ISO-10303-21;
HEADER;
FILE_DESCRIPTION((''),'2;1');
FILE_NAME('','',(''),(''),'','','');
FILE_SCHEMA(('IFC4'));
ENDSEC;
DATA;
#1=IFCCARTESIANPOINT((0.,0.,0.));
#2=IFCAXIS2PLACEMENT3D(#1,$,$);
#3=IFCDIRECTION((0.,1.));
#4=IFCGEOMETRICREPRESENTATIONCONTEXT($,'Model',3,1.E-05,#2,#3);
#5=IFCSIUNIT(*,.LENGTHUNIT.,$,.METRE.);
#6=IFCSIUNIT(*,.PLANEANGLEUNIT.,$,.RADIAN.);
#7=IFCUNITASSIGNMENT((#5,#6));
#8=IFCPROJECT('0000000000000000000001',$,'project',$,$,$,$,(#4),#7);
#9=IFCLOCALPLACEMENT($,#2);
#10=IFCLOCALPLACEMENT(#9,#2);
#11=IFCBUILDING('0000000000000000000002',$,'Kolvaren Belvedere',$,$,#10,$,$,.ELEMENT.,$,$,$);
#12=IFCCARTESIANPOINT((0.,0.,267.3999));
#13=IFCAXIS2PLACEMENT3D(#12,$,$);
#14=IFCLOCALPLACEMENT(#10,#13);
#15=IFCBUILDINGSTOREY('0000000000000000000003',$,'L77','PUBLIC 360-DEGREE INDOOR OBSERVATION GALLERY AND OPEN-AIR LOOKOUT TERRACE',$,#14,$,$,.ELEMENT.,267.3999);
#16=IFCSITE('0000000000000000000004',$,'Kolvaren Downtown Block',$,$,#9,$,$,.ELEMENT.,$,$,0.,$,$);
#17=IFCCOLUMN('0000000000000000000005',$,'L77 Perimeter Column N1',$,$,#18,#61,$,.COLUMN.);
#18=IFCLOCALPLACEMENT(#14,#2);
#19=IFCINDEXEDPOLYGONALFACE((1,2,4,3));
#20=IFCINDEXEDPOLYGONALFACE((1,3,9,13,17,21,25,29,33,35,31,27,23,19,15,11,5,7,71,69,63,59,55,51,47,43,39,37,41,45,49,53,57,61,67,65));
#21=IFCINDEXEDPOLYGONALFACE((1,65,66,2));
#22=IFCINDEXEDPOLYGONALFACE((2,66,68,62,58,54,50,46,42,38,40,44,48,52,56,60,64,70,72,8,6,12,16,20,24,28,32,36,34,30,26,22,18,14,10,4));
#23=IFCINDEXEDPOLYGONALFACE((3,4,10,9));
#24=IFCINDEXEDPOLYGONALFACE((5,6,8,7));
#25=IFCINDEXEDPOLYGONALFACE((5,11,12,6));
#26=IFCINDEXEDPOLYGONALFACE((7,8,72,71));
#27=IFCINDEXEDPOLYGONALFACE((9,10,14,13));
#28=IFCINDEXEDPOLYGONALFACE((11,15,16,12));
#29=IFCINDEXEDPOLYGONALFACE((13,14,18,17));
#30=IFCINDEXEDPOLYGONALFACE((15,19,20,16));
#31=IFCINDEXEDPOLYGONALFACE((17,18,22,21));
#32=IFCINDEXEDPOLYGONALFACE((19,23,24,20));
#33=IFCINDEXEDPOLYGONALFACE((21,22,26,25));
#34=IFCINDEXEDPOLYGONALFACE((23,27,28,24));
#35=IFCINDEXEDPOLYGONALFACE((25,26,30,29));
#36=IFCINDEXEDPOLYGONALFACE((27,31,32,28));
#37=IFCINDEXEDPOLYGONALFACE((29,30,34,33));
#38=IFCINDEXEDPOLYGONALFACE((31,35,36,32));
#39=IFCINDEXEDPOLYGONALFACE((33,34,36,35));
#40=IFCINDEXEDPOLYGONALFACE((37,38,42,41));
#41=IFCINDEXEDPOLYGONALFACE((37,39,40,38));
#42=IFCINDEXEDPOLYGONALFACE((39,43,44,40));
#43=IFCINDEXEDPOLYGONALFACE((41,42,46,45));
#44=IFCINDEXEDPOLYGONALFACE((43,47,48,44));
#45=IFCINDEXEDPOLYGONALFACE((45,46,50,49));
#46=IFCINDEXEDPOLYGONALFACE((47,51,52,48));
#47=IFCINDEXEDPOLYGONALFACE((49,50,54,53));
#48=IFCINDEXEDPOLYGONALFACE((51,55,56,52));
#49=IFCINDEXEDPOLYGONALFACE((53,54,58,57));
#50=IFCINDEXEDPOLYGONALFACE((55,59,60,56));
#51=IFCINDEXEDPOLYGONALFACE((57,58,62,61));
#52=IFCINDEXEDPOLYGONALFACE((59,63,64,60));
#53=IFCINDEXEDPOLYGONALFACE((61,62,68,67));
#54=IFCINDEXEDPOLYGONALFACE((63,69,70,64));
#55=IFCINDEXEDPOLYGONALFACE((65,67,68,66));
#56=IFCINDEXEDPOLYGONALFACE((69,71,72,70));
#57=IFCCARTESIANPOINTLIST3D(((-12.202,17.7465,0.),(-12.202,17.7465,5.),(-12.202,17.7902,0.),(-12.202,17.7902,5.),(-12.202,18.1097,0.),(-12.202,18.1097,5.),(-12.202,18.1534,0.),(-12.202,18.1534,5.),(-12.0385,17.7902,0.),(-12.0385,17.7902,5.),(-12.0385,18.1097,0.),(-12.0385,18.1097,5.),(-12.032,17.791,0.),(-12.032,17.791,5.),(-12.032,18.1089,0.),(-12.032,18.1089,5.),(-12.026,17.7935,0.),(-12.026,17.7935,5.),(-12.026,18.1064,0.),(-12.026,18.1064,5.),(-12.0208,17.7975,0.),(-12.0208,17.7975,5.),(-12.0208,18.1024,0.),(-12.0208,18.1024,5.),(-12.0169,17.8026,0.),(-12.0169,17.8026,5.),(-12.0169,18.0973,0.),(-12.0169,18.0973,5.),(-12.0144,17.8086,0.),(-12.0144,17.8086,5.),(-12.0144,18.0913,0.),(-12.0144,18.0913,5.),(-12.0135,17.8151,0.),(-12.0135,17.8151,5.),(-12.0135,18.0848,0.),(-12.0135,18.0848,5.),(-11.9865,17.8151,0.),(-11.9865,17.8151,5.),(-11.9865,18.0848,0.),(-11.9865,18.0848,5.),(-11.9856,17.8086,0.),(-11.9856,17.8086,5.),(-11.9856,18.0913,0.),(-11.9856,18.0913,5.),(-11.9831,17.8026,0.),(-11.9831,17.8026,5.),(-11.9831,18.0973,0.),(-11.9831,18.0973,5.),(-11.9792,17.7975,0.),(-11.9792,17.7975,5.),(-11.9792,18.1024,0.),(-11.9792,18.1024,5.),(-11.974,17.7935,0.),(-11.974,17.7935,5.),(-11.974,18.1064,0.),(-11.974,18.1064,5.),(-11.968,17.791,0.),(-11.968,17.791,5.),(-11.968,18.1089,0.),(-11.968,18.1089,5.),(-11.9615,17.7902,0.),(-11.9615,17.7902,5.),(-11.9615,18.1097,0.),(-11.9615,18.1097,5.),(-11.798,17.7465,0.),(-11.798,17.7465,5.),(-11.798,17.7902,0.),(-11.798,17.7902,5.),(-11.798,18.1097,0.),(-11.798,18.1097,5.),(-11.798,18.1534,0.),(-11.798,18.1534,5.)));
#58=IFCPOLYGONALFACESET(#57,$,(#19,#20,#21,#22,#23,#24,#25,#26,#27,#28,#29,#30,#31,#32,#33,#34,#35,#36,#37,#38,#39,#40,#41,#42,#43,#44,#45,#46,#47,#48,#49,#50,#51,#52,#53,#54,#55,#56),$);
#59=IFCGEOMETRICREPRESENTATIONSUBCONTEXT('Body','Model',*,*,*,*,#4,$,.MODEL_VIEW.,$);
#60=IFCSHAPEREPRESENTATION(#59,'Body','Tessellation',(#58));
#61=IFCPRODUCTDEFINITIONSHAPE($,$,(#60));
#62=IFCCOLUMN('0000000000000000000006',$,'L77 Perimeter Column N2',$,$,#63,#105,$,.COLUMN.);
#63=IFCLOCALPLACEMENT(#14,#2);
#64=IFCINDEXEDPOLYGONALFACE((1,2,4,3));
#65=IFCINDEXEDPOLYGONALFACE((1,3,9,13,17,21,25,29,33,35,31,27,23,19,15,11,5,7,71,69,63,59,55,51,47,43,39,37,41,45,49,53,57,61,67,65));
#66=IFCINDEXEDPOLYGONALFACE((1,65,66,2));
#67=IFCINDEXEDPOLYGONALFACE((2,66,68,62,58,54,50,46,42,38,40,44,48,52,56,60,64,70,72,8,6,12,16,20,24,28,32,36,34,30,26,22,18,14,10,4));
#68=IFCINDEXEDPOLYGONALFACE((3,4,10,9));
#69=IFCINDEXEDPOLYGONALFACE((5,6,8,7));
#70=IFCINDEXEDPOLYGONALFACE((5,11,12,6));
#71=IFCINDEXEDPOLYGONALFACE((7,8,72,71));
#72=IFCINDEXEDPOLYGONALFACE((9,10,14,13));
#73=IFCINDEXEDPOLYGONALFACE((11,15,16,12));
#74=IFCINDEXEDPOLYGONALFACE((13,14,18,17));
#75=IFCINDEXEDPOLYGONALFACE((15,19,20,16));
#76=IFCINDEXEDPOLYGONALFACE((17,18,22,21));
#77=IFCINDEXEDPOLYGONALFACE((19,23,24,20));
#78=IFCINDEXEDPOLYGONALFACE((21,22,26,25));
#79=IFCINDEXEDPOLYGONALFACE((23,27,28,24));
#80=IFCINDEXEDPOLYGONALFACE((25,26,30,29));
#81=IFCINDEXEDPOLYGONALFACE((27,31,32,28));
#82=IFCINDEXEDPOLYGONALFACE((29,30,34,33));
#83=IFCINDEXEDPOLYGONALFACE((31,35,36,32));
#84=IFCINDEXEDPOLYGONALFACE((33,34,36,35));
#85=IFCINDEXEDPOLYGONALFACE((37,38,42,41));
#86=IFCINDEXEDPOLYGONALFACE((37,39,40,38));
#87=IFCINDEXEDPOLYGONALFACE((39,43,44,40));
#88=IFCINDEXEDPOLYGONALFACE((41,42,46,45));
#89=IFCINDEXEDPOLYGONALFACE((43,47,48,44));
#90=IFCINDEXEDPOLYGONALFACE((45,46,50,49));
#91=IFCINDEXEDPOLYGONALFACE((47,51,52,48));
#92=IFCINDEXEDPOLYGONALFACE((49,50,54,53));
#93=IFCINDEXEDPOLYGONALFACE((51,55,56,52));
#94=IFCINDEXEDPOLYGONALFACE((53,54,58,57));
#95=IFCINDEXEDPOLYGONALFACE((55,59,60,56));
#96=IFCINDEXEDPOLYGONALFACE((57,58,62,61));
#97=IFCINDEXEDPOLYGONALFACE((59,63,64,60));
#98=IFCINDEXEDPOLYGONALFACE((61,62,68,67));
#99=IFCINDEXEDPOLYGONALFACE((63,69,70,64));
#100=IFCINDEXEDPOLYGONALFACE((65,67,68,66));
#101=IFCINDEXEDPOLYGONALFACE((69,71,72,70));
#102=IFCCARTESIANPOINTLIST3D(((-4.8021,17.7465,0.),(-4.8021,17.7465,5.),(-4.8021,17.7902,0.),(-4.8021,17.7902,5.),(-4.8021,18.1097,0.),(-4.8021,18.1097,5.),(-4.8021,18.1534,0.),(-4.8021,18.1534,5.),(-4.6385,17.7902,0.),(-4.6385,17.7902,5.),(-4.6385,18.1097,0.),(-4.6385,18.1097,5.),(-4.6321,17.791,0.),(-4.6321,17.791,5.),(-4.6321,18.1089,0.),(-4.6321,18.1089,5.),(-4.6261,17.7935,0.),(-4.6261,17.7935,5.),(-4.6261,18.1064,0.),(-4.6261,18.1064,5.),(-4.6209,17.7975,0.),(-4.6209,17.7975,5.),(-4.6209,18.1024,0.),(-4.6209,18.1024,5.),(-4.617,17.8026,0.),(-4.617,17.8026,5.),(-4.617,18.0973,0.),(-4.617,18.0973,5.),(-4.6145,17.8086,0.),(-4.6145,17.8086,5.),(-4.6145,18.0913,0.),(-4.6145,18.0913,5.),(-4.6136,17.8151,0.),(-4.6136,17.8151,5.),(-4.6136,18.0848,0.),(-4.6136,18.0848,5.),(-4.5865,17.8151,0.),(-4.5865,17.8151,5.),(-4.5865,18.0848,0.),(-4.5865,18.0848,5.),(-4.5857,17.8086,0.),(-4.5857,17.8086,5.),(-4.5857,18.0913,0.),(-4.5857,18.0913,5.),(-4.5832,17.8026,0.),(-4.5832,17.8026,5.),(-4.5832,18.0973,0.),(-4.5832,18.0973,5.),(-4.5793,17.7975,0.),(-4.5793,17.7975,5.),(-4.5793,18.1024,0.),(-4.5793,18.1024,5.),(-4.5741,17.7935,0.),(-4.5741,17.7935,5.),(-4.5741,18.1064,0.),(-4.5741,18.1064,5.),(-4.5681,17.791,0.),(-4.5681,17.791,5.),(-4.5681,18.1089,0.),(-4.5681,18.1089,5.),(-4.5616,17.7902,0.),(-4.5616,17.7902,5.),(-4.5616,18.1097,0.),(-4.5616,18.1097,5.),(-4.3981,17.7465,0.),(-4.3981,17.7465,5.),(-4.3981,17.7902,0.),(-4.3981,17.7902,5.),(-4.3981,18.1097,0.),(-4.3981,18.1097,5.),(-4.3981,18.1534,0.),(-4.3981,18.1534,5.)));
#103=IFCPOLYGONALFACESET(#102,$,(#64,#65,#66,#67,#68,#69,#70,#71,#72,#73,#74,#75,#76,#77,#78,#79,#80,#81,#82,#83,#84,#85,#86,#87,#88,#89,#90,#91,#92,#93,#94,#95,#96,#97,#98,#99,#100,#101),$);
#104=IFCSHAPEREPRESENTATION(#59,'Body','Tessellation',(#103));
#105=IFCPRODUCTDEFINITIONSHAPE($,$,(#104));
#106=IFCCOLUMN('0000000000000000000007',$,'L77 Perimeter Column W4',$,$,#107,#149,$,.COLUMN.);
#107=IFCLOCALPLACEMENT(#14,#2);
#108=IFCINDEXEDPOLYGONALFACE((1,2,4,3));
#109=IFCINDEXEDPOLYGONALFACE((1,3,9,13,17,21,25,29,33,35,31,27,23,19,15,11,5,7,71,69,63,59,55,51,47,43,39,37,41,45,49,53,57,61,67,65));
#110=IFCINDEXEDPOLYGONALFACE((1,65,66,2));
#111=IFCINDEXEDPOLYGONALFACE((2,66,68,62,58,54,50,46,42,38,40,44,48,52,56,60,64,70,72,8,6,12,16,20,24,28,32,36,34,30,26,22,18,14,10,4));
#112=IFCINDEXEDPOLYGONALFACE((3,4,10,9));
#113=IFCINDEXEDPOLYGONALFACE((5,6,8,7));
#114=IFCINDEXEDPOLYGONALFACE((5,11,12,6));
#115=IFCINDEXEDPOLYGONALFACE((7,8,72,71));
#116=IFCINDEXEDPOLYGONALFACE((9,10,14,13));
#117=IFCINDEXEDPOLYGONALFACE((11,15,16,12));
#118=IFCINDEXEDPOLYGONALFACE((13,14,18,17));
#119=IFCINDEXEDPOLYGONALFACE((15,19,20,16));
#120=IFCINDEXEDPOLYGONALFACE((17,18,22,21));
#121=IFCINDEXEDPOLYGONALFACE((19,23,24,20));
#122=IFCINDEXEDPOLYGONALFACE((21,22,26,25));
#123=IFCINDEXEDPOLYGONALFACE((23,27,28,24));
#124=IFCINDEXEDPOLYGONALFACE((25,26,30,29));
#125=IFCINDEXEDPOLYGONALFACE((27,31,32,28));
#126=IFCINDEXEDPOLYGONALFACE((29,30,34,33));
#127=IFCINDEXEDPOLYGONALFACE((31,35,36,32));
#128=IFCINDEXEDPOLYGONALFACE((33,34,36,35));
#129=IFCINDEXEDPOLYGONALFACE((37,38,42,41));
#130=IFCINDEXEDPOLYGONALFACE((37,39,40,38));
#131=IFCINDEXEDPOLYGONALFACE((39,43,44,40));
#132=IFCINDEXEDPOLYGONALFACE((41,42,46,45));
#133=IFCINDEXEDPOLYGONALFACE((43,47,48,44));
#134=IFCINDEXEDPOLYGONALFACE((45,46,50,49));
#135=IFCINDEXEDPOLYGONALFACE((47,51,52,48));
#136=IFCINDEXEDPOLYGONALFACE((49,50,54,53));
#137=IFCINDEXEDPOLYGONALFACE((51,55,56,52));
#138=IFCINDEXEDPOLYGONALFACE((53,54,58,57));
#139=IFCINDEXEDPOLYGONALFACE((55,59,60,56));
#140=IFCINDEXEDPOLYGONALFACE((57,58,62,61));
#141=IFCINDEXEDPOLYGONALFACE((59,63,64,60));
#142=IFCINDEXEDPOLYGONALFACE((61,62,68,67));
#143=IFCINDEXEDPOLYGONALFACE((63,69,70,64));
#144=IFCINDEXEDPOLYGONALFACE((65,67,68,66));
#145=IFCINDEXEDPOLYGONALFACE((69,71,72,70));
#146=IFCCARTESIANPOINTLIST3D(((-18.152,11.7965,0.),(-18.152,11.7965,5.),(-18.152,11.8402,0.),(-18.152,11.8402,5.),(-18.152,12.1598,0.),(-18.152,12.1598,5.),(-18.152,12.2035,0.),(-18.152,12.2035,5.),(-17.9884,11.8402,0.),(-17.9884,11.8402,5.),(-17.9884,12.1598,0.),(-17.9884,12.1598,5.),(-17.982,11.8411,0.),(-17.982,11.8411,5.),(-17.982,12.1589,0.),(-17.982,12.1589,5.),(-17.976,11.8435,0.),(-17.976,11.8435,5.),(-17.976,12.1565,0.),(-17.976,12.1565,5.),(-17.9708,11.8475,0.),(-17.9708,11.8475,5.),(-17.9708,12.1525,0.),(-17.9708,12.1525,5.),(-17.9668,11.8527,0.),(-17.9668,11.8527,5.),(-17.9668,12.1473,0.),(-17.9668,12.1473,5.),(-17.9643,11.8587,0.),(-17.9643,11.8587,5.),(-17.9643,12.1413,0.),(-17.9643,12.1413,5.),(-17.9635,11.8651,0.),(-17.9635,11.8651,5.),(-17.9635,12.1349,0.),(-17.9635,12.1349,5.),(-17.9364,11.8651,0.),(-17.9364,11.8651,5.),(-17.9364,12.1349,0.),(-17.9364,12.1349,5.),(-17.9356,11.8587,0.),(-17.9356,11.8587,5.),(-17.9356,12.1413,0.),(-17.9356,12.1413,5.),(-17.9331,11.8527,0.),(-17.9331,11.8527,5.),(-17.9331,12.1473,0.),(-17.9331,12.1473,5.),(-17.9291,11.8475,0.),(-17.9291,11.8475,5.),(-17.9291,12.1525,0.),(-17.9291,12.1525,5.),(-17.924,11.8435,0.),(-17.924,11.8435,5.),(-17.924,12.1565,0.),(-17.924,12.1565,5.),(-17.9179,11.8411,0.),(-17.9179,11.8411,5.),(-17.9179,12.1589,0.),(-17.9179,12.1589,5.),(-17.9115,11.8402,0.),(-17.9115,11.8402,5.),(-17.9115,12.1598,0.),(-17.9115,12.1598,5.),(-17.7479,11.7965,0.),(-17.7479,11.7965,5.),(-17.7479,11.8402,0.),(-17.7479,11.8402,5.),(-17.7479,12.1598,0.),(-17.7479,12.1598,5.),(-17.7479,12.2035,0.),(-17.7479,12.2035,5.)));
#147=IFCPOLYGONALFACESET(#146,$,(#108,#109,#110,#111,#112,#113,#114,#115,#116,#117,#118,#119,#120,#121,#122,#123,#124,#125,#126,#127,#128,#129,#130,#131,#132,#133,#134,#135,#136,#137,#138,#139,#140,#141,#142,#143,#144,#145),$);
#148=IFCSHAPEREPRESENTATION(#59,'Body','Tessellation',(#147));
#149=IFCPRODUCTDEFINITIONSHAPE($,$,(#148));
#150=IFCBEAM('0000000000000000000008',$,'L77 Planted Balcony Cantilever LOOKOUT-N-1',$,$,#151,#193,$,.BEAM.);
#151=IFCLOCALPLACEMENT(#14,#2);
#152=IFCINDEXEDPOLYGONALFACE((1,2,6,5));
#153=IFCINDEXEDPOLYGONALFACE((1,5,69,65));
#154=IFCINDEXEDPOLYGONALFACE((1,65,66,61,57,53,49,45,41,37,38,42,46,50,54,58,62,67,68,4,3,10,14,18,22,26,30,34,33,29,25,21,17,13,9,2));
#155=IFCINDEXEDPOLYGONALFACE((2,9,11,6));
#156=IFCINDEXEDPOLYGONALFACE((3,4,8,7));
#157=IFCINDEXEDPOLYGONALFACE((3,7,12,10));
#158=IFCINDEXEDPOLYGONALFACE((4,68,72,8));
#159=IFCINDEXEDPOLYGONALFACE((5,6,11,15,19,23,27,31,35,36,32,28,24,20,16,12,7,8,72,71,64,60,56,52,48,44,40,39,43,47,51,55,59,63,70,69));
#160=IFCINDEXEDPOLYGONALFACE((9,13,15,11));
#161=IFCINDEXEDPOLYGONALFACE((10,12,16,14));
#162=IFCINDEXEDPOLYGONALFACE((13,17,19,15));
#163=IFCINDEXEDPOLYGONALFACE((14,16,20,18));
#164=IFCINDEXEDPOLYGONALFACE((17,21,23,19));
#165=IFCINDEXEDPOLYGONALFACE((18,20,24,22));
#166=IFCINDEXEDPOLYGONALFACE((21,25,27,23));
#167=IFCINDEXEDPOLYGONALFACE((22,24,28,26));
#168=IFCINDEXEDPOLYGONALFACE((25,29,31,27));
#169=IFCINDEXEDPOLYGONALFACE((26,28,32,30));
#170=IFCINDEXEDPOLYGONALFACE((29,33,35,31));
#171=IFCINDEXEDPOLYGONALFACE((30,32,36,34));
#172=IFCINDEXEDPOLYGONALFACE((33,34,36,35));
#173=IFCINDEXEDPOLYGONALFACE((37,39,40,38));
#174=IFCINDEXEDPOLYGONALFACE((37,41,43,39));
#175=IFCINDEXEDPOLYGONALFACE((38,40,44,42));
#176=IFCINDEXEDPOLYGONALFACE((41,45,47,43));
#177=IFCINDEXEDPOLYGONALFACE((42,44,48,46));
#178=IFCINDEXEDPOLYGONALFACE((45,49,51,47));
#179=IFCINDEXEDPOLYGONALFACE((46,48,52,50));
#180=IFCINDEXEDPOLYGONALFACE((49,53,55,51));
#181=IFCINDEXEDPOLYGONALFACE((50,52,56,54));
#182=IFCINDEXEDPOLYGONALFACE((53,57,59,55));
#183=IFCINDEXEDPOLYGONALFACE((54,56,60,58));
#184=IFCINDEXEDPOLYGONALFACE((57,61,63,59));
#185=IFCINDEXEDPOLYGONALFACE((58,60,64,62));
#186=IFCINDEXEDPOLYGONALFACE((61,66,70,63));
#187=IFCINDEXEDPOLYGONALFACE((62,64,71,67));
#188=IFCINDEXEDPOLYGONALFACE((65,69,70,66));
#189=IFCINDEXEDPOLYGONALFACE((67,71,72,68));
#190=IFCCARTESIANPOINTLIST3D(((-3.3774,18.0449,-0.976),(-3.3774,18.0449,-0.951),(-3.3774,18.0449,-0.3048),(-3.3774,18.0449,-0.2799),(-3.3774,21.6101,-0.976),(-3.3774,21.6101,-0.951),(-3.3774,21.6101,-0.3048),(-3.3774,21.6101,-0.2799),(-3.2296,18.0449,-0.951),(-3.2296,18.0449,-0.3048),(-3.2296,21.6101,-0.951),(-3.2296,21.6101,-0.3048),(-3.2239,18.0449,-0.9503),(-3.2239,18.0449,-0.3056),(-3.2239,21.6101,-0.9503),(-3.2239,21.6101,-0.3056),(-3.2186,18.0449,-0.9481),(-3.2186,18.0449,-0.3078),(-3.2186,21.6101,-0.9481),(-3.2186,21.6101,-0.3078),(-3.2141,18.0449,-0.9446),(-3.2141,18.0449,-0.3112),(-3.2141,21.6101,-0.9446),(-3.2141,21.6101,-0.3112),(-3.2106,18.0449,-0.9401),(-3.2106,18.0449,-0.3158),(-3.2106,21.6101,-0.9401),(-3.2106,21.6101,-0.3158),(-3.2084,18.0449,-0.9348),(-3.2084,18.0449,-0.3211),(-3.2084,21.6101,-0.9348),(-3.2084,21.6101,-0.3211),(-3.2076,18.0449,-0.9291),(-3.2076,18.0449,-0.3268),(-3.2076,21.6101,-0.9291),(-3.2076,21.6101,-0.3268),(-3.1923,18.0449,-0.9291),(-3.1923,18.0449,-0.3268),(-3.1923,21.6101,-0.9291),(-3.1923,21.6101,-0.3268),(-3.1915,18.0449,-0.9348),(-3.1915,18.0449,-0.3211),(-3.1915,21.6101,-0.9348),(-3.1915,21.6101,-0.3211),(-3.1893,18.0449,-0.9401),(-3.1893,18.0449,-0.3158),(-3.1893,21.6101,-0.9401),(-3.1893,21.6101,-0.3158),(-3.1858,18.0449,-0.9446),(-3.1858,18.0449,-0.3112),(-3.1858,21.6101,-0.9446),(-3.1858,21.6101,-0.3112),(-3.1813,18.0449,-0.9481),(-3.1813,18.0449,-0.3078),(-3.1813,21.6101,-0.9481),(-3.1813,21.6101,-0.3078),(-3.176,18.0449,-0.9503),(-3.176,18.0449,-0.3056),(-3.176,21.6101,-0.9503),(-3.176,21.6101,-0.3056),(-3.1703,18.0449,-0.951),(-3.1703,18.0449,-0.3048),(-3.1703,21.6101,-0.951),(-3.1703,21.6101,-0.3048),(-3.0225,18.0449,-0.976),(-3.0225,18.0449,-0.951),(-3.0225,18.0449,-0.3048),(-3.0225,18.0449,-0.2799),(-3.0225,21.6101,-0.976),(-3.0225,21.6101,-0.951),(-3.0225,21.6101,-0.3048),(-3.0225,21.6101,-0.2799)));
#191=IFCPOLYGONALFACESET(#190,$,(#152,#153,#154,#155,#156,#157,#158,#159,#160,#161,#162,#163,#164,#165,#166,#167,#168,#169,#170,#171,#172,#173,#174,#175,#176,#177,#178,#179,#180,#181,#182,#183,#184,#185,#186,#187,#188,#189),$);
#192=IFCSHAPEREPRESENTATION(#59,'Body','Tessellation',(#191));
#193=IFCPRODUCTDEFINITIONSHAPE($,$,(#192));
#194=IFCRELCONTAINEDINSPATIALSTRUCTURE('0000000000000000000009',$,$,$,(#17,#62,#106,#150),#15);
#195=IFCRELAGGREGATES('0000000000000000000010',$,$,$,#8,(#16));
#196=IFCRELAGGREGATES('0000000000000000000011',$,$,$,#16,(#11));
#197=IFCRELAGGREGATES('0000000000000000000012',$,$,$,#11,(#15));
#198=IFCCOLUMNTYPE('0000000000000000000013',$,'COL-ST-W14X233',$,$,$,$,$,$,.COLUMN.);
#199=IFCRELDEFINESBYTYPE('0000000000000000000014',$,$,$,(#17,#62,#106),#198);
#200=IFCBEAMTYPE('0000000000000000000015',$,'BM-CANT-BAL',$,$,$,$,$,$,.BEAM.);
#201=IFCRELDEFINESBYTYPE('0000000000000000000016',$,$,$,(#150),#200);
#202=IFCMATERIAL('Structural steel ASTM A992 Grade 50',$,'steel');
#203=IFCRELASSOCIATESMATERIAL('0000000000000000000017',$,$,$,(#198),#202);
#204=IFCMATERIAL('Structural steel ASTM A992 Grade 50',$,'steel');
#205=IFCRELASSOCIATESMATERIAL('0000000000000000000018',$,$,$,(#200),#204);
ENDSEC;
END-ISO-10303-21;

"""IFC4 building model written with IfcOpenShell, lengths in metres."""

from ifc_helpers import new_model, si_unit, direction, frame, origin, origin_2d, place, context, subcontext, project, spatial, i_section, extrude, material, material_profile, profile_set, type_object, element, save


model = new_model("IFC4")

# Units and contexts
model_context = context("Model", 3, precision=1e-05, world=origin(), true_north=direction((0.0, 1.0)))
body_context = subcontext(model_context, "Body", "Model", "MODEL_VIEW")
ifc_project = project(units=[si_unit("LENGTHUNIT", "METRE"), si_unit("PLANEANGLEUNIT", "RADIAN")], contexts=[model_context])

# Site, building, storey
site_placement = place(None, origin())
site = spatial("IfcSite", under=ifc_project, at=site_placement, Name="Kolvaren Downtown Block", CompositionType="ELEMENT", RefElevation=0.0)
building_placement = place(site_placement, origin())
building = spatial("IfcBuilding", under=site, at=building_placement, Name="Kolvaren Belvedere", CompositionType="ELEMENT")
storey_placement = place(building_placement, frame((0.0, 0.0, 267.3999)))
storey = spatial("IfcBuildingStorey", under=building, at=storey_placement, Name="L77", Description="PUBLIC 360-DEGREE INDOOR OBSERVATION GALLERY AND OPEN-AIR LOOKOUT TERRACE", CompositionType="ELEMENT", Elevation=267.3999)

# Columns
ifc_material_1 = material(Name="Structural steel ASTM A992 Grade 50", Category="steel")
ifc_material_profile_1 = material_profile(ifc_material_1, i_section(OverallWidth=0.4041, OverallDepth=0.407, WebThickness=0.0271, FlangeThickness=0.0437, FilletRadius=0.0249, at=origin_2d()), Name="W14X233")
ifc_profile_set_1 = profile_set([ifc_material_profile_1], Name="Structural steel ASTM A992 Grade 50")
column_type = type_object("IfcColumnType", Name="COL-ST-W14X233", PredefinedType="COLUMN", material=ifc_profile_set_1)
for number, where, z_axis, x_axis, name in (
    (1, (-12.0, 17.95, 0.0), (0.0, 0.0, 1.0), (1.0, 0.0, 0.0), "L77 Perimeter Column N1"),
    (2, (-4.6001, 17.95, 0.0), (0.0, 0.0, 1.0), (1.0, 0.0, 0.0), "L77 Perimeter Column N2"),
    (3, (-17.95, 12.0, 0.0), (0.0, 0.0, 1.0), (1.0, 0.0, 0.0), "L77 Perimeter Column W4"),
):
    element("IfcColumn", number, at=place(storey_placement, frame(where, z_axis=z_axis, x_axis=x_axis)), inside=storey, type_object=column_type, Name=name, PredefinedType="COLUMN", context=body_context, shape_type="SweptSolid", body=[
        extrude(i_section(OverallWidth=0.4041, OverallDepth=0.407, WebThickness=0.0271, FlangeThickness=0.0437, FilletRadius=0.0249, at=origin_2d()), origin(), (0.0, 0.0, 1.0), 5.0),
    ])

# Beam
ifc_material_2 = material(Name="Structural steel ASTM A992 Grade 50", Category="steel")
ifc_material_profile_2 = material_profile(ifc_material_2, i_section(OverallWidth=0.355, OverallDepth=0.696, WebThickness=0.0154, FlangeThickness=0.0249, FilletRadius=0.022, at=origin_2d()), Name="W27X146")
ifc_profile_set_2 = profile_set([ifc_material_profile_2], Name="Structural steel ASTM A992 Grade 50")
beam_type_1 = type_object("IfcBeamType", Name="BM-CANT-BAL", PredefinedType="BEAM", material=ifc_profile_set_2)
beam_1_placement = place(storey_placement, frame((-3.2, 18.0449, -0.6279), z_axis=(0.0, 1.0, 0.0), x_axis=(-1.0, 0.0, 0.0)))
element("IfcBeam", 4, at=beam_1_placement, inside=storey, type_object=beam_type_1, Name="L77 Planted Balcony Cantilever LOOKOUT-N-1", PredefinedType="BEAM", context=body_context, shape_type="SweptSolid", body=[
    extrude(i_section(OverallWidth=0.355, OverallDepth=0.696, WebThickness=0.0154, FlangeThickness=0.0249, FilletRadius=0.022, at=origin_2d()), origin(), (0.0, 0.0, 1.0), 3.5652),
])

save(model, "model.ifc")
